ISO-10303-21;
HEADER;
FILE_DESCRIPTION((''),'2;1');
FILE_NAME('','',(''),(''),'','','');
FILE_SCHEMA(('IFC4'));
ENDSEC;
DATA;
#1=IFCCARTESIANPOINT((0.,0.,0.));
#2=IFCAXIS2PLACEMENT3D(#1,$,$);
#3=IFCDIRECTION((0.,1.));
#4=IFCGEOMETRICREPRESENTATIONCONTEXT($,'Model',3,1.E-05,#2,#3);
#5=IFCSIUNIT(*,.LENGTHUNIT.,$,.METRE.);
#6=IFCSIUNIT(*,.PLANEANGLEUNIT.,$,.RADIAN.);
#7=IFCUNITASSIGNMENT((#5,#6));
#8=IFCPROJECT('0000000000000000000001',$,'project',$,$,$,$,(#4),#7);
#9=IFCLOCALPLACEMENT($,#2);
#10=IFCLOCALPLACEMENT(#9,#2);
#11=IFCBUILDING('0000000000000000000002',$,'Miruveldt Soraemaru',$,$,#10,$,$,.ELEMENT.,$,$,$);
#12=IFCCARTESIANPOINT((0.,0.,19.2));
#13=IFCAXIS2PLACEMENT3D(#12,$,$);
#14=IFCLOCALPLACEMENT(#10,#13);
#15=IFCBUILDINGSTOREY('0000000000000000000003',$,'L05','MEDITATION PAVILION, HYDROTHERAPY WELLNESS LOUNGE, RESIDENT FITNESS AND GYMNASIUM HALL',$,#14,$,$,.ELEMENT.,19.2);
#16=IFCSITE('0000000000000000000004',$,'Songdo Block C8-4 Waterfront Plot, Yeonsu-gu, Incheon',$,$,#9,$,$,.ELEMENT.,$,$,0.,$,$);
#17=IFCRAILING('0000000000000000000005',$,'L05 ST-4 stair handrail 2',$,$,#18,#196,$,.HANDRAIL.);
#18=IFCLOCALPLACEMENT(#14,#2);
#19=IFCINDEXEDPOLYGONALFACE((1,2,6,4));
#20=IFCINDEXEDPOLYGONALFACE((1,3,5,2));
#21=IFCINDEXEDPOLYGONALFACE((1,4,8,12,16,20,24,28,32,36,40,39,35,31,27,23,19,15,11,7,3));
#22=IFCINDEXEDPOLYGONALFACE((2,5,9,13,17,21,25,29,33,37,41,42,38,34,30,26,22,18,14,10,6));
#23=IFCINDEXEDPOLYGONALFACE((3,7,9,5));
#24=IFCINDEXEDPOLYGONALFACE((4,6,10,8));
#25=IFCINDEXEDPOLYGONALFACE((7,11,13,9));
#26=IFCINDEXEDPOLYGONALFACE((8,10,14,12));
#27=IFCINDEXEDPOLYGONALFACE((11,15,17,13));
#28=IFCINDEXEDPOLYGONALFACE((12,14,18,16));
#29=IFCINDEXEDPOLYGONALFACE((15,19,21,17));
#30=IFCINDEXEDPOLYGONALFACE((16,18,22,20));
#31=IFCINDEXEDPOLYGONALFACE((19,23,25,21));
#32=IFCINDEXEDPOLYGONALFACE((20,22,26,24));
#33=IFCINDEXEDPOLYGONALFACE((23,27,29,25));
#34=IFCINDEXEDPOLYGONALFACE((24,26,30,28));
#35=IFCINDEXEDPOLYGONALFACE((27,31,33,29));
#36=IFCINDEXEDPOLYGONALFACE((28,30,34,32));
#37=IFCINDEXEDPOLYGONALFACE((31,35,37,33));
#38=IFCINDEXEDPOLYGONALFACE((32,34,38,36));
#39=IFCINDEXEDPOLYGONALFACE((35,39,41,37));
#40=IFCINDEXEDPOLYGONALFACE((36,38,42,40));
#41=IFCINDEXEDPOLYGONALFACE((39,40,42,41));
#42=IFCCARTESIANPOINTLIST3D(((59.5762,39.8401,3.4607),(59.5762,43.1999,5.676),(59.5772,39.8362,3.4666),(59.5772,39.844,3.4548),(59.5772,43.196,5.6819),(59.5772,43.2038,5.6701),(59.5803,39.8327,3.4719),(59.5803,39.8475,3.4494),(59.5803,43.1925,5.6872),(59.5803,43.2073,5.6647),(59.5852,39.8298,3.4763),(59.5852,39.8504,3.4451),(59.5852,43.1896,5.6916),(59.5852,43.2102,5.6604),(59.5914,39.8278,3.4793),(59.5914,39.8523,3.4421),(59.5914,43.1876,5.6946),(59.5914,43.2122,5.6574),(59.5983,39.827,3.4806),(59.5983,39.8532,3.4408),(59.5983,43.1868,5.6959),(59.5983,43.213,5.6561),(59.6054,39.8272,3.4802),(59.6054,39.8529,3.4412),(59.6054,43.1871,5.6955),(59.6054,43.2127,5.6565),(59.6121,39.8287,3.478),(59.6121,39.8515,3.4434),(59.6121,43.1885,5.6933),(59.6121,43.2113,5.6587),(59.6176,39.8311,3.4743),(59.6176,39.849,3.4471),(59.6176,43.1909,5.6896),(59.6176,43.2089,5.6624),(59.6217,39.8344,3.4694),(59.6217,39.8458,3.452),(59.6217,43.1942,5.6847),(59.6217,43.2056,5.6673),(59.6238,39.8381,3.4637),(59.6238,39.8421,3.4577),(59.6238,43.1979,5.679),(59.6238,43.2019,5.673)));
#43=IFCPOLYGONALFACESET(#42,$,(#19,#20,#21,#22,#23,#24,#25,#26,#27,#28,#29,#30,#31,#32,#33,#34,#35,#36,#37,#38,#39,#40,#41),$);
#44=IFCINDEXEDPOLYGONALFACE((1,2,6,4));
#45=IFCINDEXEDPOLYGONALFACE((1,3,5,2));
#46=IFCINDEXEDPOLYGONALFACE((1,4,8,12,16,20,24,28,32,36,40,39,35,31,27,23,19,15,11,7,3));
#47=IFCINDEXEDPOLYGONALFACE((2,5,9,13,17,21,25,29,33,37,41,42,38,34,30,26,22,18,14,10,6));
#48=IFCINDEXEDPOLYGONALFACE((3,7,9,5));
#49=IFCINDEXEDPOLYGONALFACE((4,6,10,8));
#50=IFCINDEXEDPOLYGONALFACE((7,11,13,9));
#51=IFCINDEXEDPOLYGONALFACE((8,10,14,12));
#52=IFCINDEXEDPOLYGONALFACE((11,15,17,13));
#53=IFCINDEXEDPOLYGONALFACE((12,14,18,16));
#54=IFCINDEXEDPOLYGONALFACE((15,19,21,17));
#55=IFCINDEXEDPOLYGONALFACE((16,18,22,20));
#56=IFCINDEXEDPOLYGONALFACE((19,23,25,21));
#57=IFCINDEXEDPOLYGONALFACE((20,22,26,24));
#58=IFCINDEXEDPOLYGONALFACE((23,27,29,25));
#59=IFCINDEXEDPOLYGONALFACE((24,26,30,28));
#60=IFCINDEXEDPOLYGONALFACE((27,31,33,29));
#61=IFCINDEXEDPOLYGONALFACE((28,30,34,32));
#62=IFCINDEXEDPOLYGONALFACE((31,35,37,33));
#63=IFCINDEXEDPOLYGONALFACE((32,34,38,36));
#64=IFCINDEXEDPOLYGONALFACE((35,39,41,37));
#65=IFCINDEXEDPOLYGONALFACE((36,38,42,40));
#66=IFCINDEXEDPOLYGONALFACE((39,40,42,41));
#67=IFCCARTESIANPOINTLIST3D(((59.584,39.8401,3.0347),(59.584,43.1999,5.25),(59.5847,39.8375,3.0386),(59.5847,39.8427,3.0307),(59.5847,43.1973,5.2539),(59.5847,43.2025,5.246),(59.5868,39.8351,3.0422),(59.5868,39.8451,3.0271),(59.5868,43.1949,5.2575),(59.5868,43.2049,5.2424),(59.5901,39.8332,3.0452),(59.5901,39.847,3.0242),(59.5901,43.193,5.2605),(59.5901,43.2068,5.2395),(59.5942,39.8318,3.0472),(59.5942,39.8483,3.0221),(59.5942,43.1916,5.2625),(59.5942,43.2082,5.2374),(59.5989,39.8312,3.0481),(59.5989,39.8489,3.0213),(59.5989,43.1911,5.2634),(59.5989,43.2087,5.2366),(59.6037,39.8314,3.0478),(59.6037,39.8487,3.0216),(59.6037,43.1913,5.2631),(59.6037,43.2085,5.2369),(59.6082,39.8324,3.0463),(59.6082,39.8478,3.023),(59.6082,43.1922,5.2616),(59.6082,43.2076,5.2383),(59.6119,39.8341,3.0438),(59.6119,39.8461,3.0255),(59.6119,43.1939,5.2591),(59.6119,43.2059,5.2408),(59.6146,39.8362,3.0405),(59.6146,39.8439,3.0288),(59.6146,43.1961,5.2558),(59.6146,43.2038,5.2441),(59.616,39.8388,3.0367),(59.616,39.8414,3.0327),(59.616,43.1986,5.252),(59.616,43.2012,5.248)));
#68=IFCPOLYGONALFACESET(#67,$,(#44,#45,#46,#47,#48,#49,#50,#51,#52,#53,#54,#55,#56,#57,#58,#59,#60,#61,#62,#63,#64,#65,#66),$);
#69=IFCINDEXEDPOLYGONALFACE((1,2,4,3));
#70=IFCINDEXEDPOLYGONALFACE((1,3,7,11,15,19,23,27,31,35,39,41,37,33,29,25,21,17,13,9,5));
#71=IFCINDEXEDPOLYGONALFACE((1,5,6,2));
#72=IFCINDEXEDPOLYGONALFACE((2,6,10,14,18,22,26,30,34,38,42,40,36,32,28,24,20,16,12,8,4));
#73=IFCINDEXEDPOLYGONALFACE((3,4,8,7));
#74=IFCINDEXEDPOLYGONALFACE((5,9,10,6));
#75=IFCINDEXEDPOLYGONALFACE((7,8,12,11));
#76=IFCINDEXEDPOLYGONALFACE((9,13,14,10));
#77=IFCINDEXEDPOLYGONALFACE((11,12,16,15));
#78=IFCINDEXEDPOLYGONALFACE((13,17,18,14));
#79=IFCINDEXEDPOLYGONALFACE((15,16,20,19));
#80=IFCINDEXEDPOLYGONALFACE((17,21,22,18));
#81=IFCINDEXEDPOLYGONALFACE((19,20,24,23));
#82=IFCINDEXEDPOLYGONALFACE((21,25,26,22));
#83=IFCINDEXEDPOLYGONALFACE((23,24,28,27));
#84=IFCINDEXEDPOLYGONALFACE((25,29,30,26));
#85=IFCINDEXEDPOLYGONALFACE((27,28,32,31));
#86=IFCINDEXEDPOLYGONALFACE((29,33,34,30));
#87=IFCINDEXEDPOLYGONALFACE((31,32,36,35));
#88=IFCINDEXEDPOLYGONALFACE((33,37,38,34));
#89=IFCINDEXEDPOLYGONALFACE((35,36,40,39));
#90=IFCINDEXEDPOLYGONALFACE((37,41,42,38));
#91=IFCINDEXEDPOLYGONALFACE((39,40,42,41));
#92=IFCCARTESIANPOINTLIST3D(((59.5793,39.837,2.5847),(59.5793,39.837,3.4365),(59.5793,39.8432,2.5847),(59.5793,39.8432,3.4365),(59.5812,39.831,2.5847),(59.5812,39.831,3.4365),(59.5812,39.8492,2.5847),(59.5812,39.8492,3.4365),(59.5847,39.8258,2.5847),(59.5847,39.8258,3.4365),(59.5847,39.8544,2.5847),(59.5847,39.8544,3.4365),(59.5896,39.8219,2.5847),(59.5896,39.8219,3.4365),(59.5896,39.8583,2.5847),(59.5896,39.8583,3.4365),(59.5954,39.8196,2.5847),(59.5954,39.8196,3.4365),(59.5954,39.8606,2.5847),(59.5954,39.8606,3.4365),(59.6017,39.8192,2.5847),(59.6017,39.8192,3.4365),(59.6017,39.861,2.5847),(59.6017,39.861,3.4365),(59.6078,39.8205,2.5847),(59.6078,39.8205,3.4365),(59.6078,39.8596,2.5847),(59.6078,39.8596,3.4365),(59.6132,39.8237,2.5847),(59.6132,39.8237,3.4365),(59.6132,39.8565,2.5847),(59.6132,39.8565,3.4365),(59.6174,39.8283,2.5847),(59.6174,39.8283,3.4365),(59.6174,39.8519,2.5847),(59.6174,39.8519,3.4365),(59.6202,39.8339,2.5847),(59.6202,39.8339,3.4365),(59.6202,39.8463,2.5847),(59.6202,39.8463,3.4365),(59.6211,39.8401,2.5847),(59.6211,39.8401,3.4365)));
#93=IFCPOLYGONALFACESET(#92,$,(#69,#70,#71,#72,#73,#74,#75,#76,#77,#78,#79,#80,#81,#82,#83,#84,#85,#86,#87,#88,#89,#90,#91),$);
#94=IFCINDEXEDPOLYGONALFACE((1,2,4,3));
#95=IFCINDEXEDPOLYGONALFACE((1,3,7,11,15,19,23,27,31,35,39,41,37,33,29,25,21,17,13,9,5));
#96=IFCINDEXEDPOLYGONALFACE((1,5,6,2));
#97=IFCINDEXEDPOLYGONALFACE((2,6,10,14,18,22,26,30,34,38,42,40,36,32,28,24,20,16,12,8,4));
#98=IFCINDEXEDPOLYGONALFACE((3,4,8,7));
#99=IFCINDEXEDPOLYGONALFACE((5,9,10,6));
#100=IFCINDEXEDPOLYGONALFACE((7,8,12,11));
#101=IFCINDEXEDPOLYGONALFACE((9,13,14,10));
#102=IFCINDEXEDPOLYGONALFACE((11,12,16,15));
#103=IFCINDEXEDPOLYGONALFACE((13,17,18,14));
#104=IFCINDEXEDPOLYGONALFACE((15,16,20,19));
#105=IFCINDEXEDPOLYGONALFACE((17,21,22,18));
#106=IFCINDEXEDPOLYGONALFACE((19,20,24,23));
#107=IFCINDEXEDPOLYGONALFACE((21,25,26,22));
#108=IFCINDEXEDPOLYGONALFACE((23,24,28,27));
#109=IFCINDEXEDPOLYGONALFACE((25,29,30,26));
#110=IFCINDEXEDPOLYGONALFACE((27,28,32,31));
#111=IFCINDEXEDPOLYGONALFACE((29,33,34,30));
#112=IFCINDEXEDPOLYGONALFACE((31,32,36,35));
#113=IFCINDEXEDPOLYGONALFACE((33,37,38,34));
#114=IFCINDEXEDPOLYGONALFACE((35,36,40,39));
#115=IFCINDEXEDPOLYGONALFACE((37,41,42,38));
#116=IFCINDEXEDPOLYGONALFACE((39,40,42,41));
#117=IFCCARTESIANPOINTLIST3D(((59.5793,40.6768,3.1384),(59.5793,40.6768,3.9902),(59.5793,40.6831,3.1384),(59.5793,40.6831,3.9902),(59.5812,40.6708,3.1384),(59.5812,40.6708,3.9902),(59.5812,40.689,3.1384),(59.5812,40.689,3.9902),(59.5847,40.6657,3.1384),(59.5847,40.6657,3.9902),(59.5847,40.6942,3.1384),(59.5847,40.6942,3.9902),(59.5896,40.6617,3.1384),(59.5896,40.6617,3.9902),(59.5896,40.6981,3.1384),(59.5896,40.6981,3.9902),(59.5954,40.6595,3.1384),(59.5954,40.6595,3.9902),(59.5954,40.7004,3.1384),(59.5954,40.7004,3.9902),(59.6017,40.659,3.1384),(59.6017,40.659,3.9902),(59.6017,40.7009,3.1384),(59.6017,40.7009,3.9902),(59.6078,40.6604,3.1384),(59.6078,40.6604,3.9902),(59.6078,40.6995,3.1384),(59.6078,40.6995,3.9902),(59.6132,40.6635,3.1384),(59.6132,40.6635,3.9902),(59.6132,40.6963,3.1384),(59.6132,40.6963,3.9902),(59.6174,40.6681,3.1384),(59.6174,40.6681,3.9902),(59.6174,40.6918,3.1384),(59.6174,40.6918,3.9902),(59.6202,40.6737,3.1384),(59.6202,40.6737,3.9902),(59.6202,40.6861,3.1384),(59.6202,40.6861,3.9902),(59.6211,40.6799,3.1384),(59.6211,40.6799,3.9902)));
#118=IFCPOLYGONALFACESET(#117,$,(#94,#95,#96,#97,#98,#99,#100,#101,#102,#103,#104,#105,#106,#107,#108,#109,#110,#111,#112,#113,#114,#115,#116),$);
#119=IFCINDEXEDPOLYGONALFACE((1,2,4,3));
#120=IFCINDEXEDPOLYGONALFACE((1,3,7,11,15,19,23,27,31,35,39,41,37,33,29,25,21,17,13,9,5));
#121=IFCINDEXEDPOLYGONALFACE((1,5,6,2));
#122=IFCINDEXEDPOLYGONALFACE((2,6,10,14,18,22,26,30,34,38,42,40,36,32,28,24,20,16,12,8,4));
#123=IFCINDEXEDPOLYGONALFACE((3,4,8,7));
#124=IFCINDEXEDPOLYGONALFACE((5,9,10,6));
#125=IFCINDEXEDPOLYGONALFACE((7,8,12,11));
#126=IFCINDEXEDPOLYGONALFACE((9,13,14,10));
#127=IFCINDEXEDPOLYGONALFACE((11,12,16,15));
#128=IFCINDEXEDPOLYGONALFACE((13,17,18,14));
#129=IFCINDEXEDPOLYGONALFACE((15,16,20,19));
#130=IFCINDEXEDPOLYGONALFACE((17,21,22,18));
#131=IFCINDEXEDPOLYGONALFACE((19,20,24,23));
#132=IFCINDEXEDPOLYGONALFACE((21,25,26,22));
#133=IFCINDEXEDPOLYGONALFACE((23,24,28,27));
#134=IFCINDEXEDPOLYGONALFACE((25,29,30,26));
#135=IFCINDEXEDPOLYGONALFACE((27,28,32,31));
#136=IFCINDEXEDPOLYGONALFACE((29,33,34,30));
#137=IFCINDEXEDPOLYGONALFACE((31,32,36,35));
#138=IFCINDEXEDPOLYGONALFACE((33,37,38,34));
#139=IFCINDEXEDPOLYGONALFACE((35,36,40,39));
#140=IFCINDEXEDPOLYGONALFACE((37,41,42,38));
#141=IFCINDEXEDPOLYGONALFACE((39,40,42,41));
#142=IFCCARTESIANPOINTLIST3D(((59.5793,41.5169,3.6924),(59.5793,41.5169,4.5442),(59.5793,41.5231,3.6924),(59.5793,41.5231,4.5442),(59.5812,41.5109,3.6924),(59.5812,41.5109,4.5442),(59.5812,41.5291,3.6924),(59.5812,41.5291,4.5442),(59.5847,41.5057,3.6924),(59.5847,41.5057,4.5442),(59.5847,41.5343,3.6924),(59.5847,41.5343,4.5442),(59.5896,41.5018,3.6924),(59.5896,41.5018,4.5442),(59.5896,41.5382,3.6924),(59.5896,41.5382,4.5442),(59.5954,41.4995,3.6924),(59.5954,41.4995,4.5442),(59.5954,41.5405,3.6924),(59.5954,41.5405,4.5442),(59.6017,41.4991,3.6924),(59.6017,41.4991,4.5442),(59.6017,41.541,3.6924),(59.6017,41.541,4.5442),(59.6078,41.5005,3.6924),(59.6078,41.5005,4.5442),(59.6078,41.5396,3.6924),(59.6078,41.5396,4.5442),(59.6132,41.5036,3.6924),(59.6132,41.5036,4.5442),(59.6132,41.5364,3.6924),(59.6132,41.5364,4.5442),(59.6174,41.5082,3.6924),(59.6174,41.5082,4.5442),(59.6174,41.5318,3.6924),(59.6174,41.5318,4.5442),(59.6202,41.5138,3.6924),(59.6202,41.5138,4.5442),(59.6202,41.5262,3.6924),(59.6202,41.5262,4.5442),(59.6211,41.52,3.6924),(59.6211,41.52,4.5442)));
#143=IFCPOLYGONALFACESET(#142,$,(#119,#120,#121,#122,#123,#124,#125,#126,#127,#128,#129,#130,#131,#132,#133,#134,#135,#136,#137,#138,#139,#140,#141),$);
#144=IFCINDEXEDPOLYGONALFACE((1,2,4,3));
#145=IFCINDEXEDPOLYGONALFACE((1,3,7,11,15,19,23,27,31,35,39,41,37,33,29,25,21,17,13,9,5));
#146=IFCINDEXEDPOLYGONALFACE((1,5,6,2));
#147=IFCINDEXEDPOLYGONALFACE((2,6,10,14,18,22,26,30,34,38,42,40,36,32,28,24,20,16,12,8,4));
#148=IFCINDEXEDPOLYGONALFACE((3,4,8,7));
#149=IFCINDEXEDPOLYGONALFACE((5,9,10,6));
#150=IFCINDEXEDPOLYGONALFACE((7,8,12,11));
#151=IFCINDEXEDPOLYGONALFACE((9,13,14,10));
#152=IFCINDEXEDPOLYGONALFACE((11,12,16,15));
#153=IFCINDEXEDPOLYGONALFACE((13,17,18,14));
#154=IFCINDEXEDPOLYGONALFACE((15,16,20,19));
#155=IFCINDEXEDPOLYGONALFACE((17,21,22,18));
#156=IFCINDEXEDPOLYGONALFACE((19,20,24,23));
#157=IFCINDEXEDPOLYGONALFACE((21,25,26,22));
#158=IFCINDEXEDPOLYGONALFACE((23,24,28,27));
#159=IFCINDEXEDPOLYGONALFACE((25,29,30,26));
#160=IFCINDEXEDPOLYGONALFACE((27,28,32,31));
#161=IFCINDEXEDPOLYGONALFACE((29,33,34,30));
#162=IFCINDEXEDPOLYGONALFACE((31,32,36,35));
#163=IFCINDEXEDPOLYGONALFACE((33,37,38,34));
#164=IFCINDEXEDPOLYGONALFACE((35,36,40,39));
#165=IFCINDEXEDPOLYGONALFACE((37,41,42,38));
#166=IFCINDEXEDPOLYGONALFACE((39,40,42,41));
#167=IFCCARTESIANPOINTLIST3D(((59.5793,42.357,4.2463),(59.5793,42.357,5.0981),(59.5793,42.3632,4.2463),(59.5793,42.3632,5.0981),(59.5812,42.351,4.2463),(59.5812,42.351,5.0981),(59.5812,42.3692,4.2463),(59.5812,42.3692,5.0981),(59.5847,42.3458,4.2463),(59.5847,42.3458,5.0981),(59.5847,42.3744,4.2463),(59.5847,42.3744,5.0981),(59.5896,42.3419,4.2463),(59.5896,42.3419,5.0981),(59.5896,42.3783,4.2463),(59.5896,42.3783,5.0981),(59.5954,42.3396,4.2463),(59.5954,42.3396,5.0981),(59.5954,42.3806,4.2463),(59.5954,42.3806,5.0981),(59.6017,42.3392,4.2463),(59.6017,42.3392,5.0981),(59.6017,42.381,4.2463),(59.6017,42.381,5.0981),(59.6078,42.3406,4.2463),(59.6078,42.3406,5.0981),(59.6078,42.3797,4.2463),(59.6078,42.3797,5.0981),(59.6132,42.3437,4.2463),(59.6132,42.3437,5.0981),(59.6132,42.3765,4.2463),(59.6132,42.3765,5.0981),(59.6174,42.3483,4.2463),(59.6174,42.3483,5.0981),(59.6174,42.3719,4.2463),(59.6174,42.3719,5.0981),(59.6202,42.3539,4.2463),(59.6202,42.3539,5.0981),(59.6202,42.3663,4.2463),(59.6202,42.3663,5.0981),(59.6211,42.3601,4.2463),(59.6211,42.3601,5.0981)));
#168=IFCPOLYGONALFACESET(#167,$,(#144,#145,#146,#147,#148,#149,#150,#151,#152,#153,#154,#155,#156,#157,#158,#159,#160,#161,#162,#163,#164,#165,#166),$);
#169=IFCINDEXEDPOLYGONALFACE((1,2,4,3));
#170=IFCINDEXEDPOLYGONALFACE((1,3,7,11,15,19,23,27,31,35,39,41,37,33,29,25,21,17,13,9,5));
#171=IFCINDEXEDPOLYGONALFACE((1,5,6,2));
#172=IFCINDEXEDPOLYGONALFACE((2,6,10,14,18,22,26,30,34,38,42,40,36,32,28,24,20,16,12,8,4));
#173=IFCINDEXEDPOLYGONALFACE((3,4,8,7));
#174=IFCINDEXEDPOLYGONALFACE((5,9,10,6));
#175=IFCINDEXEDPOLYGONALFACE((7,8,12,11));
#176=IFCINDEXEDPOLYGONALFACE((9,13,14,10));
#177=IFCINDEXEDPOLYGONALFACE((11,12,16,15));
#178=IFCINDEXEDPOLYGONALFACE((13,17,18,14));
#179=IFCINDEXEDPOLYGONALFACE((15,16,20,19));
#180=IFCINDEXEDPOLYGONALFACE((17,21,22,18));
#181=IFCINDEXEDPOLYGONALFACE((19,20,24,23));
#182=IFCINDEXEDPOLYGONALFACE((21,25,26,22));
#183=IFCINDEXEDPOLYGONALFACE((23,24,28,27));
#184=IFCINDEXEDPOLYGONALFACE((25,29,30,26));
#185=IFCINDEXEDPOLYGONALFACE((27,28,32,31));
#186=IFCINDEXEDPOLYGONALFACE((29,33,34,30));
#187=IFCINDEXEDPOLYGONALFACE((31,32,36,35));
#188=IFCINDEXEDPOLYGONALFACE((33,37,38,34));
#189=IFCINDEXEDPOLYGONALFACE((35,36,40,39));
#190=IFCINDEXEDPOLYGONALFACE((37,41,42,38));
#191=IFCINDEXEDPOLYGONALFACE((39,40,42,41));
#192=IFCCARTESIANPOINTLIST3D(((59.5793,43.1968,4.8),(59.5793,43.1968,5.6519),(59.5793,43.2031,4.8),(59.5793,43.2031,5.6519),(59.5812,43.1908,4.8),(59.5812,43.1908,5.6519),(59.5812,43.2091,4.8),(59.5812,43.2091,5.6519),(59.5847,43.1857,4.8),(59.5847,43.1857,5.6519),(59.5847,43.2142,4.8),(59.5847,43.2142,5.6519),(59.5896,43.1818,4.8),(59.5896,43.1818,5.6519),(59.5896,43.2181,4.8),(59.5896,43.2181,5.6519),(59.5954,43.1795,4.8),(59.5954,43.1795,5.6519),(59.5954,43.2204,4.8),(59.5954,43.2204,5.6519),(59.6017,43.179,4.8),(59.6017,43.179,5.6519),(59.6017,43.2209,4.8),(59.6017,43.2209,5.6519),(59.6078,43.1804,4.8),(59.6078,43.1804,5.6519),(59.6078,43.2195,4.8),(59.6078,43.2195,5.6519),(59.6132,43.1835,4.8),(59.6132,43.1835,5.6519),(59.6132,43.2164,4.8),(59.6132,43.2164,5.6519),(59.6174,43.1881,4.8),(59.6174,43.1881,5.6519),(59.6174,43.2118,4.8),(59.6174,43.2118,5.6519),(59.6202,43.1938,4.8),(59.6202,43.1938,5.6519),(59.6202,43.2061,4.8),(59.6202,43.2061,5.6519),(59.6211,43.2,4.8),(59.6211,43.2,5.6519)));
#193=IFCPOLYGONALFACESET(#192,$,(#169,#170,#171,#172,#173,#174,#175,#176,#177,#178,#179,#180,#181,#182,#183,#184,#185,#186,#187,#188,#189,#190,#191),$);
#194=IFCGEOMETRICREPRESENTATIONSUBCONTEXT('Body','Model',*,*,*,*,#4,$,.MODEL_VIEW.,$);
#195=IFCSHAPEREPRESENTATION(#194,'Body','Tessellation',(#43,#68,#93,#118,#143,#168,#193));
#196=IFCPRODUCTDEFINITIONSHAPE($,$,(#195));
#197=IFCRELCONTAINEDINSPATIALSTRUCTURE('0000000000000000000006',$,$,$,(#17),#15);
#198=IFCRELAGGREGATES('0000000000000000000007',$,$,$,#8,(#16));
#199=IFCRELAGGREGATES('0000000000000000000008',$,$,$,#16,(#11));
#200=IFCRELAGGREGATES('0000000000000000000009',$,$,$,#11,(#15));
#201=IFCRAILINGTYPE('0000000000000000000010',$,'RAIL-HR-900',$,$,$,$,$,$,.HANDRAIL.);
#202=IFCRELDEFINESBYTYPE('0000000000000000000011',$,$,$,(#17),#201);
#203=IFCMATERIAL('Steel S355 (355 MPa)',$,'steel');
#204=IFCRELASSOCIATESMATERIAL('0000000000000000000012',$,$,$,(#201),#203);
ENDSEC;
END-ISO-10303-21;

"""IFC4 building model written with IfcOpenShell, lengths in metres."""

from ifc_helpers import new_model, si_unit, direction, frame, origin, origin_2d, place, context, subcontext, project, spatial, circle, extrude, material, type_object, element, save


model = new_model("IFC4")

# Units and contexts
model_context = context("Model", 3, precision=1e-05, world=origin(), true_north=direction((0.0, 1.0)))
body_context = subcontext(model_context, "Body", "Model", "MODEL_VIEW")
ifc_project = project(units=[si_unit("LENGTHUNIT", "METRE"), si_unit("PLANEANGLEUNIT", "RADIAN")], contexts=[model_context])

# Site, building, storey
site_placement = place(None, origin())
site = spatial("IfcSite", under=ifc_project, at=site_placement, Name="Songdo Block C8-4 Waterfront Plot, Yeonsu-gu, Incheon", CompositionType="ELEMENT", RefElevation=0.0)
building_placement = place(site_placement, origin())
building = spatial("IfcBuilding", under=site, at=building_placement, Name="Miruveldt Soraemaru", CompositionType="ELEMENT")
storey_placement = place(building_placement, frame((0.0, 0.0, 19.2)))
storey = spatial("IfcBuildingStorey", under=building, at=storey_placement, Name="L05", Description="MEDITATION PAVILION, HYDROTHERAPY WELLNESS LOUNGE, RESIDENT FITNESS AND GYMNASIUM HALL", CompositionType="ELEMENT", Elevation=19.2)

# Shared definitions
ifc_material_1 = material(Name="Steel S355 (355 MPa)", Category="steel")

# Railing
railing_type_1 = type_object("IfcRailingType", Name="RAIL-HR-900", PredefinedType="HANDRAIL", material=ifc_material_1)
railing_1_placement = place(storey_placement, frame((59.6001, 39.8401, 2.5847)))
element("IfcRailing", 1, at=railing_1_placement, inside=storey, type_object=railing_type_1, Name="L05 ST-4 stair handrail 2", PredefinedType="HANDRAIL", context=body_context, shape_type="SweptSolid", body=[
    extrude(circle(Radius=0.0239, at=origin_2d()), frame((0.0, 0.0, 0.876), z_axis=(0.0, 0.834858, 0.550465), x_axis=(-1.0, 0.0, 0.0)), (0.0, 0.0, 1.0), 4.0244),
    extrude(circle(Radius=0.0161, at=origin_2d()), frame((0.0, 0.0, 0.45), z_axis=(0.0, 0.834858, 0.550465), x_axis=(-1.0, 0.0, 0.0)), (0.0, 0.0, 1.0), 4.0244),
    extrude(circle(Radius=0.021, at=origin_2d()), origin(), (0.0, 0.0, 1.0), 0.8518),
    extrude(circle(Radius=0.021, at=origin_2d()), frame((0.0, 0.8398, 0.5537)), (0.0, 0.0, 1.0), 0.8518),
    extrude(circle(Radius=0.021, at=origin_2d()), frame((0.0, 1.6799, 1.1077)), (0.0, 0.0, 1.0), 0.8518),
    extrude(circle(Radius=0.021, at=origin_2d()), frame((0.0, 2.52, 1.6616)), (0.0, 0.0, 1.0), 0.8518),
    extrude(circle(Radius=0.021, at=origin_2d()), frame((0.0, 3.3599, 2.2153)), (0.0, 0.0, 1.0), 0.8518),
])

save(model, "model.ifc")
